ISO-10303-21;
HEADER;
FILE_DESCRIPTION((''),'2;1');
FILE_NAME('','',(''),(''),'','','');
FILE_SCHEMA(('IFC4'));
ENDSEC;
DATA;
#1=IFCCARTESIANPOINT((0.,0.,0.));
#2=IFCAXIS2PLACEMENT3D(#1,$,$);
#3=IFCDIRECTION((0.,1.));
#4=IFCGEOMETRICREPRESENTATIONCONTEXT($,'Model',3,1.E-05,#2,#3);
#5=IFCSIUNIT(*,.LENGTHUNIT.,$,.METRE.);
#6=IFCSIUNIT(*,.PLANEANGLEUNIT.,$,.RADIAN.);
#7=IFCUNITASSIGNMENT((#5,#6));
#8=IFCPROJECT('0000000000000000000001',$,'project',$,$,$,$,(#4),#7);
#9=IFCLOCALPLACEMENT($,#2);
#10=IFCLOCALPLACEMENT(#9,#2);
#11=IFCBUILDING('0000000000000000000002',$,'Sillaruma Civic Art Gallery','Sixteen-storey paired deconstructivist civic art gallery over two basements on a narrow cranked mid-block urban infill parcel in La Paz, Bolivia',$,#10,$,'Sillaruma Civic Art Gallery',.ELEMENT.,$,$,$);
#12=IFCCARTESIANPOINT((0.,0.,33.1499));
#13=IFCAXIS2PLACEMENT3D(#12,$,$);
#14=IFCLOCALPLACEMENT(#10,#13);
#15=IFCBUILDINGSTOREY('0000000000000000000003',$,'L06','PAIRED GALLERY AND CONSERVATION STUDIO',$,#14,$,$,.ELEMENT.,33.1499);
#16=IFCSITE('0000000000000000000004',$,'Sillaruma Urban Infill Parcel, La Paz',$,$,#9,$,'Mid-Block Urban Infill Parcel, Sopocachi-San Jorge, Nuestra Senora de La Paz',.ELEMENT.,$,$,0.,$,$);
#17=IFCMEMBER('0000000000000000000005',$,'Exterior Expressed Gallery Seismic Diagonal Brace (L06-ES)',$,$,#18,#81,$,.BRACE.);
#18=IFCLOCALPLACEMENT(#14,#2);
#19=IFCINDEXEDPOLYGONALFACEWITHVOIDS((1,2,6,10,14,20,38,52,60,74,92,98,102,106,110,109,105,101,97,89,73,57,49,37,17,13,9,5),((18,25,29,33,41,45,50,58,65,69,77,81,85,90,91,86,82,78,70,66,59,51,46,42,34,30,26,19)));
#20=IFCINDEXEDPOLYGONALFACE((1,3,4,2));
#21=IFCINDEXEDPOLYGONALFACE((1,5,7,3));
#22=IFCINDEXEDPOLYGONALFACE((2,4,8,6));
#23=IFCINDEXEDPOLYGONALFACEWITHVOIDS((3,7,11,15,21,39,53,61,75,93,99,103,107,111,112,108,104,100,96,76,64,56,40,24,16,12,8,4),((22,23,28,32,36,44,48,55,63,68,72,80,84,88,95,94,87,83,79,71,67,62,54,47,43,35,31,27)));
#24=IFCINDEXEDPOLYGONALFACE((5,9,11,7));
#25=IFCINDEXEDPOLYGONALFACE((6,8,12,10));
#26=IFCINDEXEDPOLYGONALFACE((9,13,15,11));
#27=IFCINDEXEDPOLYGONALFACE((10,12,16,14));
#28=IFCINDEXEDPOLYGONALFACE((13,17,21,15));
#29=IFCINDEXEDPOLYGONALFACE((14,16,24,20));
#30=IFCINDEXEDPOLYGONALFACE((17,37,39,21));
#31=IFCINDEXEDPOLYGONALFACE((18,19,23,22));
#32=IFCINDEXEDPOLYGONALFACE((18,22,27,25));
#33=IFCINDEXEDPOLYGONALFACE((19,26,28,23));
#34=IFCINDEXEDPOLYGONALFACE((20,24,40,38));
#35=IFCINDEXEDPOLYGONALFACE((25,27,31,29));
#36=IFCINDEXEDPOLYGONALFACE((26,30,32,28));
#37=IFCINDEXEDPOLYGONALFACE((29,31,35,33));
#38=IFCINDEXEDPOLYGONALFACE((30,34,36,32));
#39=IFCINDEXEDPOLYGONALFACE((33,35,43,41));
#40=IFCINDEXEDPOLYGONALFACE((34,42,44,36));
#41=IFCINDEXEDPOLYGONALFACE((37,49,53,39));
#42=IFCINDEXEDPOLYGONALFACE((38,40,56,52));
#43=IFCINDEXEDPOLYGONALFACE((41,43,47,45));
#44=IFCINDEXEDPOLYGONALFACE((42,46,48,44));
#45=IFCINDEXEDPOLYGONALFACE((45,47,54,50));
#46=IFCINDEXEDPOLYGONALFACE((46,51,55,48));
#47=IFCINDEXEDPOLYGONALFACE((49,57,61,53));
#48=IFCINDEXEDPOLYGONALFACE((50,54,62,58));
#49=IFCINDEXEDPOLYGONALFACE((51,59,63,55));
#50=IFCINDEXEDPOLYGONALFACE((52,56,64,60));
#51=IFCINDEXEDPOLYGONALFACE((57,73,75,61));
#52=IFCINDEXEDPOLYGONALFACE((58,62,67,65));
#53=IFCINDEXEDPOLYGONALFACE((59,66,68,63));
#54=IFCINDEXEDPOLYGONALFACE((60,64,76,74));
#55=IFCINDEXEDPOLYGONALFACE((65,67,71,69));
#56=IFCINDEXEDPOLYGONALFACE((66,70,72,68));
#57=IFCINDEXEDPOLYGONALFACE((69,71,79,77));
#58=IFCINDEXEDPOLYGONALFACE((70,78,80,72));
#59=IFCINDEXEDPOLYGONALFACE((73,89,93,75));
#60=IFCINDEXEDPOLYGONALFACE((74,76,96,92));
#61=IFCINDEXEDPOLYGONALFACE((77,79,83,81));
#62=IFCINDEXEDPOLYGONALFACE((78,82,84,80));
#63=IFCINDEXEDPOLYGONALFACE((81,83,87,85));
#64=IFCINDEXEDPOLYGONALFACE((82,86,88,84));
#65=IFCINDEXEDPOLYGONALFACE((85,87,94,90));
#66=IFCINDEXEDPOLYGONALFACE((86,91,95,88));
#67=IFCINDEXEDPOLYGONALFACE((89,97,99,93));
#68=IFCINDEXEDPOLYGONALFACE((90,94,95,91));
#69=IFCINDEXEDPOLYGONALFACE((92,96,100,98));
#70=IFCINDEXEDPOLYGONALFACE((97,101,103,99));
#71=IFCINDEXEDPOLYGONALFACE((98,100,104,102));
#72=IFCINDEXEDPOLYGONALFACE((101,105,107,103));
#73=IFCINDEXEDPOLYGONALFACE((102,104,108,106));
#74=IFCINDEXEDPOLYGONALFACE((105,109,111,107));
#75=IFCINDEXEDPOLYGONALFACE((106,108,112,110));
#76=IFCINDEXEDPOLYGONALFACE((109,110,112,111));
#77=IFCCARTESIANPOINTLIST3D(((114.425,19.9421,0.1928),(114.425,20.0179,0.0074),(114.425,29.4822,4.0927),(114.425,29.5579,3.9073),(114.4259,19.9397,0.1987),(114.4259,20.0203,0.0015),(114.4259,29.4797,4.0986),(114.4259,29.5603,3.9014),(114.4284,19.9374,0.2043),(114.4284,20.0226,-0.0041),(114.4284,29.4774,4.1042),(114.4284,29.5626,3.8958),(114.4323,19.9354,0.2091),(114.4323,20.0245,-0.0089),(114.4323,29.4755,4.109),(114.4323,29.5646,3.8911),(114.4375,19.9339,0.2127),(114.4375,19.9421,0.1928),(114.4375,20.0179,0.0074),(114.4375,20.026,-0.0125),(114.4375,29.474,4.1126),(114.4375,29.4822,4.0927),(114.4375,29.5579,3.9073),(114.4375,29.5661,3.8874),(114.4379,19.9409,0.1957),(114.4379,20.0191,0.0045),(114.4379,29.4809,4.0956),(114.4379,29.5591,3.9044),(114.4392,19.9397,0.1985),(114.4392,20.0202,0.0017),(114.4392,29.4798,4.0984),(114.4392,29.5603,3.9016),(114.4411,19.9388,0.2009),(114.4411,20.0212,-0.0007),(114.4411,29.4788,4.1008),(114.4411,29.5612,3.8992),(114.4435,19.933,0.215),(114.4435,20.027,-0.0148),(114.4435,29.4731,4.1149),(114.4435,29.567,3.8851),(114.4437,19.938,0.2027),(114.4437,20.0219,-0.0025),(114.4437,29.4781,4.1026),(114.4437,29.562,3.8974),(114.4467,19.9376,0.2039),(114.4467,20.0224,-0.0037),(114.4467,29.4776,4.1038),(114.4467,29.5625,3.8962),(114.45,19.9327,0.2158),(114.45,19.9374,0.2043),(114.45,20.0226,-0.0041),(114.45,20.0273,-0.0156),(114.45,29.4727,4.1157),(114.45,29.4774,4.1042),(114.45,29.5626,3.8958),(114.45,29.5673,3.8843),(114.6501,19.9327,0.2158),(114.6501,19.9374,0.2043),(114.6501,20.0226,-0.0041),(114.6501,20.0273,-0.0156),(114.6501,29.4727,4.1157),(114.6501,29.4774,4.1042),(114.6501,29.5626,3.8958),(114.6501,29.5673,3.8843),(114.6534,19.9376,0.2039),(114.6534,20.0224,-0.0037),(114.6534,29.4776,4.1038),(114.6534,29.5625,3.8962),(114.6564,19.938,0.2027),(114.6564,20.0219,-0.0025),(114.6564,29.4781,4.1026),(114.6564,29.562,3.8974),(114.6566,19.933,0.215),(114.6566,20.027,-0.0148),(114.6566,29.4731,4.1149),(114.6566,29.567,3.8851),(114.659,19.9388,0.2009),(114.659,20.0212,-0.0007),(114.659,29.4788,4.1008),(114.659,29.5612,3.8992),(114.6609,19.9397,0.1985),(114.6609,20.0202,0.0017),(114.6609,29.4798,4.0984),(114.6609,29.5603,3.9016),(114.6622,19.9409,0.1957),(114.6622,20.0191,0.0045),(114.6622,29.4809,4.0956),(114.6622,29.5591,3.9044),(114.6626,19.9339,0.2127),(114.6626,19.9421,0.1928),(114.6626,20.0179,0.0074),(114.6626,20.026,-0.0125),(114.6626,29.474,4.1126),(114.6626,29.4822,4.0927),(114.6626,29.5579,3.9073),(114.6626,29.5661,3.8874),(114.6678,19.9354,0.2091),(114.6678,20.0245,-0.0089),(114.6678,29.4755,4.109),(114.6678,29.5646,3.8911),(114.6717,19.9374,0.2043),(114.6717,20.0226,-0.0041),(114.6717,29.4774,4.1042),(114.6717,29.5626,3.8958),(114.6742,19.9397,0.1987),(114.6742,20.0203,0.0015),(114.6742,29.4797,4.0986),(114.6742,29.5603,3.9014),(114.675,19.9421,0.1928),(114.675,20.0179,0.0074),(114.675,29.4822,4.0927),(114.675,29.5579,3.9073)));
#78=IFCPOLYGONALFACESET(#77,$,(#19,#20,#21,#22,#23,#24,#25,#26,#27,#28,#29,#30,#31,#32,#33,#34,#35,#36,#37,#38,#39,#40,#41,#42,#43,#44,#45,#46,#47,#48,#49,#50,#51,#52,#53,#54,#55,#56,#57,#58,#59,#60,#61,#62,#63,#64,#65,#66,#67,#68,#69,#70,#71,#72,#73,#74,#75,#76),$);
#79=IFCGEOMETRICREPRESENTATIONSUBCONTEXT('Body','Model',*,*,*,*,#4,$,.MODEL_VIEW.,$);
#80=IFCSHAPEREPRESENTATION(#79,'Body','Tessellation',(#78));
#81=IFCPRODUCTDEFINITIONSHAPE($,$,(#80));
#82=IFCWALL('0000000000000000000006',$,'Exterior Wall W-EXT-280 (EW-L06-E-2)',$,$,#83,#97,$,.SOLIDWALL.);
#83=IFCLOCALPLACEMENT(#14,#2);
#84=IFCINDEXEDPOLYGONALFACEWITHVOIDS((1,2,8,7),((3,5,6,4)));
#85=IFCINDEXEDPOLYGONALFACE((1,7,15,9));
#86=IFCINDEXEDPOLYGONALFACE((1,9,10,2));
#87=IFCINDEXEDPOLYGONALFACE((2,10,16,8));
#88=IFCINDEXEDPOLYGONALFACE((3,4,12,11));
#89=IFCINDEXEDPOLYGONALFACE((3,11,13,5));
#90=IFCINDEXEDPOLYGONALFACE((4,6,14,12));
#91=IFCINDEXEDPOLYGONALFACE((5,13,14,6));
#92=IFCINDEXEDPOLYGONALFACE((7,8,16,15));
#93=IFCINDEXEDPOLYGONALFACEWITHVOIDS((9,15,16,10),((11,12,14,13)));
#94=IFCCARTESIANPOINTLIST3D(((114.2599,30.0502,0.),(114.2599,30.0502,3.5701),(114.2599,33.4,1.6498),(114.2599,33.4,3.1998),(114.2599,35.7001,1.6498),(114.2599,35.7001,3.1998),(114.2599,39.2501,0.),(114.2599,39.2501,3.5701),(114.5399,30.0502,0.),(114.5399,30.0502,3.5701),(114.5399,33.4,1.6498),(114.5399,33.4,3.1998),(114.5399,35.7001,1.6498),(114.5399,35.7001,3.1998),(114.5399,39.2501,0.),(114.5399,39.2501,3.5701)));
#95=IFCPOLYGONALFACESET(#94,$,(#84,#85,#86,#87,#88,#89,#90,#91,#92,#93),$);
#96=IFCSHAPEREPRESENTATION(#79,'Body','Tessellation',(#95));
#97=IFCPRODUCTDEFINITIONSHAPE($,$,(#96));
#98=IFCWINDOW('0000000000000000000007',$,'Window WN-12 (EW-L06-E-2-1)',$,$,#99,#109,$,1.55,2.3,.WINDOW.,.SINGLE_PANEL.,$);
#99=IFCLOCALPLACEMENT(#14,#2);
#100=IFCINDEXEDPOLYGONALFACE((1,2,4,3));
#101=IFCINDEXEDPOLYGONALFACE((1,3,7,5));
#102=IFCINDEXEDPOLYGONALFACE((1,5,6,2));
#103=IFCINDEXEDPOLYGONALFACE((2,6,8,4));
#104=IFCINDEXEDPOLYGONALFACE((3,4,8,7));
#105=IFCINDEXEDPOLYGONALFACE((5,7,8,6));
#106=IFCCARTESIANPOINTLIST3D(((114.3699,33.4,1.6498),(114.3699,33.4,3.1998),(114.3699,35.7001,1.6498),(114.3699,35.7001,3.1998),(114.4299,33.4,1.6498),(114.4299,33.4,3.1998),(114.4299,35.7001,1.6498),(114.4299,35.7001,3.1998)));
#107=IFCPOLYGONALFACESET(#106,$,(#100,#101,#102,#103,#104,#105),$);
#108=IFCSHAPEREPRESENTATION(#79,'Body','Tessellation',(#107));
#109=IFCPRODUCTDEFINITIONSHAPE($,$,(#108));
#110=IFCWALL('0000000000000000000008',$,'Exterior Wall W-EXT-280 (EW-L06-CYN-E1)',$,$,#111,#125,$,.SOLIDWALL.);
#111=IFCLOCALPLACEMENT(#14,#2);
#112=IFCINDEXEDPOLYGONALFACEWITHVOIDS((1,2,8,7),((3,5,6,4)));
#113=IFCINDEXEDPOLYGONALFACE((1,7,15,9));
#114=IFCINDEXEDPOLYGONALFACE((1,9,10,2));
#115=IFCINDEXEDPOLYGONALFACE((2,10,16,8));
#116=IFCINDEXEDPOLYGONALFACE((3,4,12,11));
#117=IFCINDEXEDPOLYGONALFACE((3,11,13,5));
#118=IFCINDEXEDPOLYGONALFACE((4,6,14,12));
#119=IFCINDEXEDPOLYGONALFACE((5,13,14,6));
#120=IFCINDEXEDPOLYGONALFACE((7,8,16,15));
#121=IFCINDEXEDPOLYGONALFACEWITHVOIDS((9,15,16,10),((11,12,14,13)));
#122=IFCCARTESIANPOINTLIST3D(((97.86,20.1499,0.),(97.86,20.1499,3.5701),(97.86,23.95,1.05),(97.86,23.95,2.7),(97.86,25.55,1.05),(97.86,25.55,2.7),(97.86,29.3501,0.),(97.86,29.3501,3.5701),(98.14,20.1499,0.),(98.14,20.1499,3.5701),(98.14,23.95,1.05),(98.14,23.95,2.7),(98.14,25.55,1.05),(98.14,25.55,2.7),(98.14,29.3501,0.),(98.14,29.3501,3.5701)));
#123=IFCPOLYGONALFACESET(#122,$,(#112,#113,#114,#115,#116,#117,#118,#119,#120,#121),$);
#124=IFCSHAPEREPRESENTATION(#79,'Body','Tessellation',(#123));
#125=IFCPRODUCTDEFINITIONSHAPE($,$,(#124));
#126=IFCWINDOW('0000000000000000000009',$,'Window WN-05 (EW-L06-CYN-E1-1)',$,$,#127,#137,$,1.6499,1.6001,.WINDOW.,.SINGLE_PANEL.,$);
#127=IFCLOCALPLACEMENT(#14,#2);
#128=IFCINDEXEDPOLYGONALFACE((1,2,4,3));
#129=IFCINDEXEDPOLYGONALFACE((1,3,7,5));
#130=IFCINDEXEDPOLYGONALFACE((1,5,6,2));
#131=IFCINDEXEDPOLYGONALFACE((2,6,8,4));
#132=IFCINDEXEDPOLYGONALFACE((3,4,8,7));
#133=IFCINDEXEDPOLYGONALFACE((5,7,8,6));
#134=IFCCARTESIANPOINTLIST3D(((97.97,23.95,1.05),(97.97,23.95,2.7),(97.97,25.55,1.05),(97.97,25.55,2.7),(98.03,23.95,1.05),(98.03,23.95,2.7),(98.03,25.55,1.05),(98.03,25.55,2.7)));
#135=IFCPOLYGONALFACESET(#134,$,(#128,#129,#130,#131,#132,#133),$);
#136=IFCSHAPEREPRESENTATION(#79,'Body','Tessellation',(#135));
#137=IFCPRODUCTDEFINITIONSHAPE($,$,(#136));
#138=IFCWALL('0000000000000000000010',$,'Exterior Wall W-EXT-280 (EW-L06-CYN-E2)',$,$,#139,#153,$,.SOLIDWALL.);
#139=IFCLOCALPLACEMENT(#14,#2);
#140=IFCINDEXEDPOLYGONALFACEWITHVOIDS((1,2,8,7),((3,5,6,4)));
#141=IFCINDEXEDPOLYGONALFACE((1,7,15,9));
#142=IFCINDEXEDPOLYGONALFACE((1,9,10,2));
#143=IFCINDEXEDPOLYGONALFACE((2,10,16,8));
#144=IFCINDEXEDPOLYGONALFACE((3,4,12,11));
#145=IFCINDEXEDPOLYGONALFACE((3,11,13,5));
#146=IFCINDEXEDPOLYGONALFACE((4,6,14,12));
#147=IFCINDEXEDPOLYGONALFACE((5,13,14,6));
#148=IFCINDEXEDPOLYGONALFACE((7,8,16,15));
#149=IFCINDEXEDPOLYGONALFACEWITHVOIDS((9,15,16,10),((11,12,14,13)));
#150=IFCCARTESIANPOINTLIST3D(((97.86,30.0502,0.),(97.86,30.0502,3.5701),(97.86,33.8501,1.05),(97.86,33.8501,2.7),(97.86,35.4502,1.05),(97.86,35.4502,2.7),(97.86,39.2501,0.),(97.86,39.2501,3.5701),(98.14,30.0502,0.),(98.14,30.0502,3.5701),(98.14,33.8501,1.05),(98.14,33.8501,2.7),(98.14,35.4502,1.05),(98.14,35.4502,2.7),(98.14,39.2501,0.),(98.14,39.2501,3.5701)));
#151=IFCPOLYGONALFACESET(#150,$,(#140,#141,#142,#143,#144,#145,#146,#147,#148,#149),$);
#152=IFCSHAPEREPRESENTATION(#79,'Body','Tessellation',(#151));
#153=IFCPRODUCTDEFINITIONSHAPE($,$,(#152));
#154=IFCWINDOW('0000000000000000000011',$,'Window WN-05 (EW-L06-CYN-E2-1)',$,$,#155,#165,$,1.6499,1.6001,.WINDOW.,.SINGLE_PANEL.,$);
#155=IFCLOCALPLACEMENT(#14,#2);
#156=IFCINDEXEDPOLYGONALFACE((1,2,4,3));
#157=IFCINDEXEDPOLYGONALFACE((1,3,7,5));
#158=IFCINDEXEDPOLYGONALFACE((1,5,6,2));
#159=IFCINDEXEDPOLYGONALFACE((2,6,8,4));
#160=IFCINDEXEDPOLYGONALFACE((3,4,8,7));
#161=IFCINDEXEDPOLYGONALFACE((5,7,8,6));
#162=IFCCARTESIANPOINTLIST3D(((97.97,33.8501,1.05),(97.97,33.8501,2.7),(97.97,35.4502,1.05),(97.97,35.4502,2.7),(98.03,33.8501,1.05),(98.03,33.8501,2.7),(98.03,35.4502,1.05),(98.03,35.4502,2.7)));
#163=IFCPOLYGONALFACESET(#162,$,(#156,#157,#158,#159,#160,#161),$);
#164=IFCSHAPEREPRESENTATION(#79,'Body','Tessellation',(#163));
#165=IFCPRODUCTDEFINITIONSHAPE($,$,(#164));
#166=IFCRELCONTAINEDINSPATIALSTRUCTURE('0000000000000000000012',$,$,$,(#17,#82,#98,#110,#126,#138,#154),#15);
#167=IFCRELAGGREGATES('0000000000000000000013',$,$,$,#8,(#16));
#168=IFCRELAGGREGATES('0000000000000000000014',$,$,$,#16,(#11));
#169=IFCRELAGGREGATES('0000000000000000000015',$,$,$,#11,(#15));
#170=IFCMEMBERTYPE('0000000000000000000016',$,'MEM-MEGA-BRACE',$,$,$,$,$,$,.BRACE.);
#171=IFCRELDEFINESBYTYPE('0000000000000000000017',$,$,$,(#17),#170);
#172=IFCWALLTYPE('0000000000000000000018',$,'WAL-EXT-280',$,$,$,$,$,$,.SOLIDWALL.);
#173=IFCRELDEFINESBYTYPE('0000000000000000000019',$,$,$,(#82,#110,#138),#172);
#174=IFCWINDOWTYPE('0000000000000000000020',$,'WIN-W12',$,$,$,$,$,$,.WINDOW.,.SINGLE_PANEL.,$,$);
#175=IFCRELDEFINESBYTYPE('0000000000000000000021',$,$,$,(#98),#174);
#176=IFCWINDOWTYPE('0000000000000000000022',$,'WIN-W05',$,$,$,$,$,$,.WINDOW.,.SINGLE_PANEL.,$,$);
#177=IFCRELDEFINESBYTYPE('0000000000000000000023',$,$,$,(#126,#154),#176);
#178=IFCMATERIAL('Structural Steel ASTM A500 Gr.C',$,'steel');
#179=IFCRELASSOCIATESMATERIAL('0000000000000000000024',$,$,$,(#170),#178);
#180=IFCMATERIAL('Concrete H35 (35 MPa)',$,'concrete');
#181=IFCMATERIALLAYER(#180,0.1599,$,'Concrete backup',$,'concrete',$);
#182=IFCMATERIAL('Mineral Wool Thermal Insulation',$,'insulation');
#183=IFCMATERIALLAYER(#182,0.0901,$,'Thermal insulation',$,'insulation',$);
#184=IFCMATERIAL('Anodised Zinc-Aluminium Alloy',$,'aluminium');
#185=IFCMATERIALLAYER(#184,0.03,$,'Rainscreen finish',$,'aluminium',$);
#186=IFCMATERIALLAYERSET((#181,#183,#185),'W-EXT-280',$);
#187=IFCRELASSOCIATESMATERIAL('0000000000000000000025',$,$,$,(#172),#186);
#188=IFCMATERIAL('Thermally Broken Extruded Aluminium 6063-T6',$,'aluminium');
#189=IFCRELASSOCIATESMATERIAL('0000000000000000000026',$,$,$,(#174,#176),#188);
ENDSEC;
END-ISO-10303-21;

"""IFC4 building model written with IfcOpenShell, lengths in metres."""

from ifc_helpers import new_model, si_unit, direction, frame, frame_2d, origin, origin_2d, place, context, subcontext, project, spatial, rectangle, hollow_rectangle, extrude, material, layer, layer_set, material_profile, profile_set, type_object, element, fill, save


model = new_model("IFC4")

# Units and contexts
model_context = context("Model", 3, precision=1e-05, world=origin(), true_north=direction((0.0, 1.0)))
body_context = subcontext(model_context, "Body", "Model", "MODEL_VIEW")
ifc_project = project(units=[si_unit("LENGTHUNIT", "METRE"), si_unit("PLANEANGLEUNIT", "RADIAN")], contexts=[model_context])

# Site, building, storey
site_placement = place(None, origin())
site = spatial("IfcSite", under=ifc_project, at=site_placement, Name="Sillaruma Urban Infill Parcel, La Paz", LongName="Mid-Block Urban Infill Parcel, Sopocachi-San Jorge, Nuestra Senora de La Paz", CompositionType="ELEMENT", RefElevation=0.0)
building_placement = place(site_placement, origin())
building = spatial("IfcBuilding", under=site, at=building_placement, Name="Sillaruma Civic Art Gallery", Description="Sixteen-storey paired deconstructivist civic art gallery over two basements on a narrow cranked mid-block urban infill parcel in La Paz, Bolivia", LongName="Sillaruma Civic Art Gallery", CompositionType="ELEMENT")
storey_placement = place(building_placement, frame((0.0, 0.0, 33.1499)))
storey = spatial("IfcBuildingStorey", under=building, at=storey_placement, Name="L06", Description="PAIRED GALLERY AND CONSERVATION STUDIO", CompositionType="ELEMENT", Elevation=33.1499)

# Shared definitions
ifc_material_1 = material(Name="Concrete H35 (35 MPa)", Category="concrete")

# Member
ifc_material_2 = material(Name="Structural Steel ASTM A500 Gr.C", Category="steel")
ifc_material_profile_1 = material_profile(ifc_material_2, hollow_rectangle(XDim=0.25, YDim=0.25, WallThickness=0.0125, InnerFilletRadius=0.0125, OuterFilletRadius=0.0249, at=origin_2d()), Name="HSS250x250x12.5")
ifc_profile_set_1 = profile_set([ifc_material_profile_1], Name="Structural Steel ASTM A500 Gr.C")
member_type = type_object("IfcMemberType", Name="MEM-MEGA-BRACE", PredefinedType="BRACE", material=ifc_profile_set_1)
member_placement = place(storey_placement, frame((114.55, 19.98, 0.1001), z_axis=(0.0, 0.925644, 0.378397), x_axis=(-1.0, 0.0, 0.0)))
element("IfcMember", 1, at=member_placement, inside=storey, type_object=member_type, Name="Exterior Expressed Gallery Seismic Diagonal Brace (L06-ES)", PredefinedType="BRACE", context=body_context, shape_type="SweptSolid", body=[
    extrude(hollow_rectangle(XDim=0.25, YDim=0.25, WallThickness=0.0125, InnerFilletRadius=0.0125, OuterFilletRadius=0.0249, at=origin_2d()), origin(), (0.0, 0.0, 1.0), 10.3064),
])

# Walls, openings, windows
ifc_layer_1 = layer(ifc_material_1, 0.1599, Name="Concrete backup", Category="concrete")
ifc_material_3 = material(Name="Mineral Wool Thermal Insulation", Category="insulation")
ifc_layer_2 = layer(ifc_material_3, 0.0901, Name="Thermal insulation", Category="insulation")
ifc_material_4 = material(Name="Anodised Zinc-Aluminium Alloy", Category="aluminium")
ifc_layer_3 = layer(ifc_material_4, 0.03, Name="Rainscreen finish", Category="aluminium")
ifc_layer_set_1 = layer_set([ifc_layer_1, ifc_layer_2, ifc_layer_3], Name="W-EXT-280")
wall_type_1 = type_object("IfcWallType", Name="WAL-EXT-280", PredefinedType="SOLIDWALL", material=ifc_layer_set_1)
wall_1_placement = place(storey_placement, frame((114.3999, 30.05, 0.0), z_axis=(0.0, 0.0, 1.0), x_axis=(0.0, 1.0, 0.0)))
wall_1 = element("IfcWall", 2, at=wall_1_placement, inside=storey, type_object=wall_type_1, Name="Exterior Wall W-EXT-280 (EW-L06-E-2)", PredefinedType="SOLIDWALL", context=body_context, shape_type="SweptSolid", body=[
    extrude(rectangle(XDim=9.2, YDim=0.28, at=frame_2d((4.6001, 0.0))), origin(), (0.0, 0.0, 1.0), 3.5701),
])
opening_1_placement = place(wall_1_placement, frame((3.3501, 0.0, 1.6499)))
opening_1 = element("IfcOpeningElement", 3, at=opening_1_placement, cuts=wall_1, PredefinedType="OPENING", context=body_context, shape_type="SweptSolid", body=[
    extrude(rectangle(XDim=2.3, YDim=1.55, at=frame_2d((1.1499, 0.7749))), frame((0.0, 0.1499, 0.0), z_axis=(0.0, -1.0, 0.0), x_axis=(1.0, 0.0, 0.0)), (0.0, 0.0, 1.0), 0.3),
])
ifc_material_5 = material(Name="Thermally Broken Extruded Aluminium 6063-T6", Category="aluminium")
window_type_1 = type_object("IfcWindowType", Name="WIN-W12", PartitioningType="SINGLE_PANEL", PredefinedType="WINDOW", material=ifc_material_5)
window_1_placement = place(opening_1_placement, origin())
window_1 = element("IfcWindow", 4, at=window_1_placement, inside=storey, type_object=window_type_1, Name="Window WN-12 (EW-L06-E-2-1)", OverallHeight=1.55, OverallWidth=2.3, PartitioningType="SINGLE_PANEL", PredefinedType="WINDOW", context=body_context, shape_type="SweptSolid", body=[
    extrude(rectangle(XDim=2.3, YDim=1.55, at=frame_2d((1.1499, 0.7749))), frame((0.0, 0.03, 0.0), z_axis=(0.0, -1.0, 0.0), x_axis=(1.0, 0.0, 0.0)), (0.0, 0.0, 1.0), 0.0601),
])
fill(opening_1, window_1)
wall_2_placement = place(storey_placement, frame((98.0, 20.1499, 0.0), z_axis=(0.0, 0.0, 1.0), x_axis=(0.0, 1.0, 0.0)))
wall_2 = element("IfcWall", 5, at=wall_2_placement, inside=storey, type_object=wall_type_1, Name="Exterior Wall W-EXT-280 (EW-L06-CYN-E1)", PredefinedType="SOLIDWALL", context=body_context, shape_type="SweptSolid", body=[
    extrude(rectangle(XDim=9.2002, YDim=0.28, at=frame_2d((4.6001, 0.0))), origin(), (0.0, 0.0, 1.0), 3.5701),
])
opening_2_placement = place(wall_2_placement, frame((3.8, 0.0, 1.05)))
opening_2 = element("IfcOpeningElement", 6, at=opening_2_placement, cuts=wall_2, PredefinedType="OPENING", context=body_context, shape_type="SweptSolid", body=[
    extrude(rectangle(XDim=1.6001, YDim=1.6499, at=frame_2d((0.8, 0.825))), frame((0.0, 0.1499, 0.0), z_axis=(0.0, -1.0, 0.0), x_axis=(1.0, 0.0, 0.0)), (0.0, 0.0, 1.0), 0.3),
])
window_type_2 = type_object("IfcWindowType", Name="WIN-W05", PartitioningType="SINGLE_PANEL", PredefinedType="WINDOW", material=ifc_material_5)
window_2_placement = place(opening_2_placement, origin())
window_2 = element("IfcWindow", 7, at=window_2_placement, inside=storey, type_object=window_type_2, Name="Window WN-05 (EW-L06-CYN-E1-1)", OverallHeight=1.6499, OverallWidth=1.6001, PartitioningType="SINGLE_PANEL", PredefinedType="WINDOW", context=body_context, shape_type="SweptSolid", body=[
    extrude(rectangle(XDim=1.6001, YDim=1.6499, at=frame_2d((0.8, 0.825))), frame((0.0, 0.03, 0.0), z_axis=(0.0, -1.0, 0.0), x_axis=(1.0, 0.0, 0.0)), (0.0, 0.0, 1.0), 0.0601),
])
fill(opening_2, window_2)
wall_3_placement = place(storey_placement, frame((98.0, 30.05, 0.0), z_axis=(0.0, 0.0, 1.0), x_axis=(0.0, 1.0, 0.0)))
wall_3 = element("IfcWall", 8, at=wall_3_placement, inside=storey, type_object=wall_type_1, Name="Exterior Wall W-EXT-280 (EW-L06-CYN-E2)", PredefinedType="SOLIDWALL", context=body_context, shape_type="SweptSolid", body=[
    extrude(rectangle(XDim=9.2, YDim=0.28, at=frame_2d((4.6001, 0.0))), origin(), (0.0, 0.0, 1.0), 3.5701),
])
opening_3_placement = place(wall_3_placement, frame((3.8, 0.0, 1.05)))
opening_3 = element("IfcOpeningElement", 9, at=opening_3_placement, cuts=wall_3, PredefinedType="OPENING", context=body_context, shape_type="SweptSolid", body=[
    extrude(rectangle(XDim=1.6001, YDim=1.6499, at=frame_2d((0.8, 0.825))), frame((0.0, 0.1499, 0.0), z_axis=(0.0, -1.0, 0.0), x_axis=(1.0, 0.0, 0.0)), (0.0, 0.0, 1.0), 0.3),
])
window_3_placement = place(opening_3_placement, origin())
window_3 = element("IfcWindow", 10, at=window_3_placement, inside=storey, type_object=window_type_2, Name="Window WN-05 (EW-L06-CYN-E2-1)", OverallHeight=1.6499, OverallWidth=1.6001, PartitioningType="SINGLE_PANEL", PredefinedType="WINDOW", context=body_context, shape_type="SweptSolid", body=[
    extrude(rectangle(XDim=1.6001, YDim=1.6499, at=frame_2d((0.8, 0.825))), frame((0.0, 0.03, 0.0), z_axis=(0.0, -1.0, 0.0), x_axis=(1.0, 0.0, 0.0)), (0.0, 0.0, 1.0), 0.0601),
])
fill(opening_3, window_3)

save(model, "model.ifc")
